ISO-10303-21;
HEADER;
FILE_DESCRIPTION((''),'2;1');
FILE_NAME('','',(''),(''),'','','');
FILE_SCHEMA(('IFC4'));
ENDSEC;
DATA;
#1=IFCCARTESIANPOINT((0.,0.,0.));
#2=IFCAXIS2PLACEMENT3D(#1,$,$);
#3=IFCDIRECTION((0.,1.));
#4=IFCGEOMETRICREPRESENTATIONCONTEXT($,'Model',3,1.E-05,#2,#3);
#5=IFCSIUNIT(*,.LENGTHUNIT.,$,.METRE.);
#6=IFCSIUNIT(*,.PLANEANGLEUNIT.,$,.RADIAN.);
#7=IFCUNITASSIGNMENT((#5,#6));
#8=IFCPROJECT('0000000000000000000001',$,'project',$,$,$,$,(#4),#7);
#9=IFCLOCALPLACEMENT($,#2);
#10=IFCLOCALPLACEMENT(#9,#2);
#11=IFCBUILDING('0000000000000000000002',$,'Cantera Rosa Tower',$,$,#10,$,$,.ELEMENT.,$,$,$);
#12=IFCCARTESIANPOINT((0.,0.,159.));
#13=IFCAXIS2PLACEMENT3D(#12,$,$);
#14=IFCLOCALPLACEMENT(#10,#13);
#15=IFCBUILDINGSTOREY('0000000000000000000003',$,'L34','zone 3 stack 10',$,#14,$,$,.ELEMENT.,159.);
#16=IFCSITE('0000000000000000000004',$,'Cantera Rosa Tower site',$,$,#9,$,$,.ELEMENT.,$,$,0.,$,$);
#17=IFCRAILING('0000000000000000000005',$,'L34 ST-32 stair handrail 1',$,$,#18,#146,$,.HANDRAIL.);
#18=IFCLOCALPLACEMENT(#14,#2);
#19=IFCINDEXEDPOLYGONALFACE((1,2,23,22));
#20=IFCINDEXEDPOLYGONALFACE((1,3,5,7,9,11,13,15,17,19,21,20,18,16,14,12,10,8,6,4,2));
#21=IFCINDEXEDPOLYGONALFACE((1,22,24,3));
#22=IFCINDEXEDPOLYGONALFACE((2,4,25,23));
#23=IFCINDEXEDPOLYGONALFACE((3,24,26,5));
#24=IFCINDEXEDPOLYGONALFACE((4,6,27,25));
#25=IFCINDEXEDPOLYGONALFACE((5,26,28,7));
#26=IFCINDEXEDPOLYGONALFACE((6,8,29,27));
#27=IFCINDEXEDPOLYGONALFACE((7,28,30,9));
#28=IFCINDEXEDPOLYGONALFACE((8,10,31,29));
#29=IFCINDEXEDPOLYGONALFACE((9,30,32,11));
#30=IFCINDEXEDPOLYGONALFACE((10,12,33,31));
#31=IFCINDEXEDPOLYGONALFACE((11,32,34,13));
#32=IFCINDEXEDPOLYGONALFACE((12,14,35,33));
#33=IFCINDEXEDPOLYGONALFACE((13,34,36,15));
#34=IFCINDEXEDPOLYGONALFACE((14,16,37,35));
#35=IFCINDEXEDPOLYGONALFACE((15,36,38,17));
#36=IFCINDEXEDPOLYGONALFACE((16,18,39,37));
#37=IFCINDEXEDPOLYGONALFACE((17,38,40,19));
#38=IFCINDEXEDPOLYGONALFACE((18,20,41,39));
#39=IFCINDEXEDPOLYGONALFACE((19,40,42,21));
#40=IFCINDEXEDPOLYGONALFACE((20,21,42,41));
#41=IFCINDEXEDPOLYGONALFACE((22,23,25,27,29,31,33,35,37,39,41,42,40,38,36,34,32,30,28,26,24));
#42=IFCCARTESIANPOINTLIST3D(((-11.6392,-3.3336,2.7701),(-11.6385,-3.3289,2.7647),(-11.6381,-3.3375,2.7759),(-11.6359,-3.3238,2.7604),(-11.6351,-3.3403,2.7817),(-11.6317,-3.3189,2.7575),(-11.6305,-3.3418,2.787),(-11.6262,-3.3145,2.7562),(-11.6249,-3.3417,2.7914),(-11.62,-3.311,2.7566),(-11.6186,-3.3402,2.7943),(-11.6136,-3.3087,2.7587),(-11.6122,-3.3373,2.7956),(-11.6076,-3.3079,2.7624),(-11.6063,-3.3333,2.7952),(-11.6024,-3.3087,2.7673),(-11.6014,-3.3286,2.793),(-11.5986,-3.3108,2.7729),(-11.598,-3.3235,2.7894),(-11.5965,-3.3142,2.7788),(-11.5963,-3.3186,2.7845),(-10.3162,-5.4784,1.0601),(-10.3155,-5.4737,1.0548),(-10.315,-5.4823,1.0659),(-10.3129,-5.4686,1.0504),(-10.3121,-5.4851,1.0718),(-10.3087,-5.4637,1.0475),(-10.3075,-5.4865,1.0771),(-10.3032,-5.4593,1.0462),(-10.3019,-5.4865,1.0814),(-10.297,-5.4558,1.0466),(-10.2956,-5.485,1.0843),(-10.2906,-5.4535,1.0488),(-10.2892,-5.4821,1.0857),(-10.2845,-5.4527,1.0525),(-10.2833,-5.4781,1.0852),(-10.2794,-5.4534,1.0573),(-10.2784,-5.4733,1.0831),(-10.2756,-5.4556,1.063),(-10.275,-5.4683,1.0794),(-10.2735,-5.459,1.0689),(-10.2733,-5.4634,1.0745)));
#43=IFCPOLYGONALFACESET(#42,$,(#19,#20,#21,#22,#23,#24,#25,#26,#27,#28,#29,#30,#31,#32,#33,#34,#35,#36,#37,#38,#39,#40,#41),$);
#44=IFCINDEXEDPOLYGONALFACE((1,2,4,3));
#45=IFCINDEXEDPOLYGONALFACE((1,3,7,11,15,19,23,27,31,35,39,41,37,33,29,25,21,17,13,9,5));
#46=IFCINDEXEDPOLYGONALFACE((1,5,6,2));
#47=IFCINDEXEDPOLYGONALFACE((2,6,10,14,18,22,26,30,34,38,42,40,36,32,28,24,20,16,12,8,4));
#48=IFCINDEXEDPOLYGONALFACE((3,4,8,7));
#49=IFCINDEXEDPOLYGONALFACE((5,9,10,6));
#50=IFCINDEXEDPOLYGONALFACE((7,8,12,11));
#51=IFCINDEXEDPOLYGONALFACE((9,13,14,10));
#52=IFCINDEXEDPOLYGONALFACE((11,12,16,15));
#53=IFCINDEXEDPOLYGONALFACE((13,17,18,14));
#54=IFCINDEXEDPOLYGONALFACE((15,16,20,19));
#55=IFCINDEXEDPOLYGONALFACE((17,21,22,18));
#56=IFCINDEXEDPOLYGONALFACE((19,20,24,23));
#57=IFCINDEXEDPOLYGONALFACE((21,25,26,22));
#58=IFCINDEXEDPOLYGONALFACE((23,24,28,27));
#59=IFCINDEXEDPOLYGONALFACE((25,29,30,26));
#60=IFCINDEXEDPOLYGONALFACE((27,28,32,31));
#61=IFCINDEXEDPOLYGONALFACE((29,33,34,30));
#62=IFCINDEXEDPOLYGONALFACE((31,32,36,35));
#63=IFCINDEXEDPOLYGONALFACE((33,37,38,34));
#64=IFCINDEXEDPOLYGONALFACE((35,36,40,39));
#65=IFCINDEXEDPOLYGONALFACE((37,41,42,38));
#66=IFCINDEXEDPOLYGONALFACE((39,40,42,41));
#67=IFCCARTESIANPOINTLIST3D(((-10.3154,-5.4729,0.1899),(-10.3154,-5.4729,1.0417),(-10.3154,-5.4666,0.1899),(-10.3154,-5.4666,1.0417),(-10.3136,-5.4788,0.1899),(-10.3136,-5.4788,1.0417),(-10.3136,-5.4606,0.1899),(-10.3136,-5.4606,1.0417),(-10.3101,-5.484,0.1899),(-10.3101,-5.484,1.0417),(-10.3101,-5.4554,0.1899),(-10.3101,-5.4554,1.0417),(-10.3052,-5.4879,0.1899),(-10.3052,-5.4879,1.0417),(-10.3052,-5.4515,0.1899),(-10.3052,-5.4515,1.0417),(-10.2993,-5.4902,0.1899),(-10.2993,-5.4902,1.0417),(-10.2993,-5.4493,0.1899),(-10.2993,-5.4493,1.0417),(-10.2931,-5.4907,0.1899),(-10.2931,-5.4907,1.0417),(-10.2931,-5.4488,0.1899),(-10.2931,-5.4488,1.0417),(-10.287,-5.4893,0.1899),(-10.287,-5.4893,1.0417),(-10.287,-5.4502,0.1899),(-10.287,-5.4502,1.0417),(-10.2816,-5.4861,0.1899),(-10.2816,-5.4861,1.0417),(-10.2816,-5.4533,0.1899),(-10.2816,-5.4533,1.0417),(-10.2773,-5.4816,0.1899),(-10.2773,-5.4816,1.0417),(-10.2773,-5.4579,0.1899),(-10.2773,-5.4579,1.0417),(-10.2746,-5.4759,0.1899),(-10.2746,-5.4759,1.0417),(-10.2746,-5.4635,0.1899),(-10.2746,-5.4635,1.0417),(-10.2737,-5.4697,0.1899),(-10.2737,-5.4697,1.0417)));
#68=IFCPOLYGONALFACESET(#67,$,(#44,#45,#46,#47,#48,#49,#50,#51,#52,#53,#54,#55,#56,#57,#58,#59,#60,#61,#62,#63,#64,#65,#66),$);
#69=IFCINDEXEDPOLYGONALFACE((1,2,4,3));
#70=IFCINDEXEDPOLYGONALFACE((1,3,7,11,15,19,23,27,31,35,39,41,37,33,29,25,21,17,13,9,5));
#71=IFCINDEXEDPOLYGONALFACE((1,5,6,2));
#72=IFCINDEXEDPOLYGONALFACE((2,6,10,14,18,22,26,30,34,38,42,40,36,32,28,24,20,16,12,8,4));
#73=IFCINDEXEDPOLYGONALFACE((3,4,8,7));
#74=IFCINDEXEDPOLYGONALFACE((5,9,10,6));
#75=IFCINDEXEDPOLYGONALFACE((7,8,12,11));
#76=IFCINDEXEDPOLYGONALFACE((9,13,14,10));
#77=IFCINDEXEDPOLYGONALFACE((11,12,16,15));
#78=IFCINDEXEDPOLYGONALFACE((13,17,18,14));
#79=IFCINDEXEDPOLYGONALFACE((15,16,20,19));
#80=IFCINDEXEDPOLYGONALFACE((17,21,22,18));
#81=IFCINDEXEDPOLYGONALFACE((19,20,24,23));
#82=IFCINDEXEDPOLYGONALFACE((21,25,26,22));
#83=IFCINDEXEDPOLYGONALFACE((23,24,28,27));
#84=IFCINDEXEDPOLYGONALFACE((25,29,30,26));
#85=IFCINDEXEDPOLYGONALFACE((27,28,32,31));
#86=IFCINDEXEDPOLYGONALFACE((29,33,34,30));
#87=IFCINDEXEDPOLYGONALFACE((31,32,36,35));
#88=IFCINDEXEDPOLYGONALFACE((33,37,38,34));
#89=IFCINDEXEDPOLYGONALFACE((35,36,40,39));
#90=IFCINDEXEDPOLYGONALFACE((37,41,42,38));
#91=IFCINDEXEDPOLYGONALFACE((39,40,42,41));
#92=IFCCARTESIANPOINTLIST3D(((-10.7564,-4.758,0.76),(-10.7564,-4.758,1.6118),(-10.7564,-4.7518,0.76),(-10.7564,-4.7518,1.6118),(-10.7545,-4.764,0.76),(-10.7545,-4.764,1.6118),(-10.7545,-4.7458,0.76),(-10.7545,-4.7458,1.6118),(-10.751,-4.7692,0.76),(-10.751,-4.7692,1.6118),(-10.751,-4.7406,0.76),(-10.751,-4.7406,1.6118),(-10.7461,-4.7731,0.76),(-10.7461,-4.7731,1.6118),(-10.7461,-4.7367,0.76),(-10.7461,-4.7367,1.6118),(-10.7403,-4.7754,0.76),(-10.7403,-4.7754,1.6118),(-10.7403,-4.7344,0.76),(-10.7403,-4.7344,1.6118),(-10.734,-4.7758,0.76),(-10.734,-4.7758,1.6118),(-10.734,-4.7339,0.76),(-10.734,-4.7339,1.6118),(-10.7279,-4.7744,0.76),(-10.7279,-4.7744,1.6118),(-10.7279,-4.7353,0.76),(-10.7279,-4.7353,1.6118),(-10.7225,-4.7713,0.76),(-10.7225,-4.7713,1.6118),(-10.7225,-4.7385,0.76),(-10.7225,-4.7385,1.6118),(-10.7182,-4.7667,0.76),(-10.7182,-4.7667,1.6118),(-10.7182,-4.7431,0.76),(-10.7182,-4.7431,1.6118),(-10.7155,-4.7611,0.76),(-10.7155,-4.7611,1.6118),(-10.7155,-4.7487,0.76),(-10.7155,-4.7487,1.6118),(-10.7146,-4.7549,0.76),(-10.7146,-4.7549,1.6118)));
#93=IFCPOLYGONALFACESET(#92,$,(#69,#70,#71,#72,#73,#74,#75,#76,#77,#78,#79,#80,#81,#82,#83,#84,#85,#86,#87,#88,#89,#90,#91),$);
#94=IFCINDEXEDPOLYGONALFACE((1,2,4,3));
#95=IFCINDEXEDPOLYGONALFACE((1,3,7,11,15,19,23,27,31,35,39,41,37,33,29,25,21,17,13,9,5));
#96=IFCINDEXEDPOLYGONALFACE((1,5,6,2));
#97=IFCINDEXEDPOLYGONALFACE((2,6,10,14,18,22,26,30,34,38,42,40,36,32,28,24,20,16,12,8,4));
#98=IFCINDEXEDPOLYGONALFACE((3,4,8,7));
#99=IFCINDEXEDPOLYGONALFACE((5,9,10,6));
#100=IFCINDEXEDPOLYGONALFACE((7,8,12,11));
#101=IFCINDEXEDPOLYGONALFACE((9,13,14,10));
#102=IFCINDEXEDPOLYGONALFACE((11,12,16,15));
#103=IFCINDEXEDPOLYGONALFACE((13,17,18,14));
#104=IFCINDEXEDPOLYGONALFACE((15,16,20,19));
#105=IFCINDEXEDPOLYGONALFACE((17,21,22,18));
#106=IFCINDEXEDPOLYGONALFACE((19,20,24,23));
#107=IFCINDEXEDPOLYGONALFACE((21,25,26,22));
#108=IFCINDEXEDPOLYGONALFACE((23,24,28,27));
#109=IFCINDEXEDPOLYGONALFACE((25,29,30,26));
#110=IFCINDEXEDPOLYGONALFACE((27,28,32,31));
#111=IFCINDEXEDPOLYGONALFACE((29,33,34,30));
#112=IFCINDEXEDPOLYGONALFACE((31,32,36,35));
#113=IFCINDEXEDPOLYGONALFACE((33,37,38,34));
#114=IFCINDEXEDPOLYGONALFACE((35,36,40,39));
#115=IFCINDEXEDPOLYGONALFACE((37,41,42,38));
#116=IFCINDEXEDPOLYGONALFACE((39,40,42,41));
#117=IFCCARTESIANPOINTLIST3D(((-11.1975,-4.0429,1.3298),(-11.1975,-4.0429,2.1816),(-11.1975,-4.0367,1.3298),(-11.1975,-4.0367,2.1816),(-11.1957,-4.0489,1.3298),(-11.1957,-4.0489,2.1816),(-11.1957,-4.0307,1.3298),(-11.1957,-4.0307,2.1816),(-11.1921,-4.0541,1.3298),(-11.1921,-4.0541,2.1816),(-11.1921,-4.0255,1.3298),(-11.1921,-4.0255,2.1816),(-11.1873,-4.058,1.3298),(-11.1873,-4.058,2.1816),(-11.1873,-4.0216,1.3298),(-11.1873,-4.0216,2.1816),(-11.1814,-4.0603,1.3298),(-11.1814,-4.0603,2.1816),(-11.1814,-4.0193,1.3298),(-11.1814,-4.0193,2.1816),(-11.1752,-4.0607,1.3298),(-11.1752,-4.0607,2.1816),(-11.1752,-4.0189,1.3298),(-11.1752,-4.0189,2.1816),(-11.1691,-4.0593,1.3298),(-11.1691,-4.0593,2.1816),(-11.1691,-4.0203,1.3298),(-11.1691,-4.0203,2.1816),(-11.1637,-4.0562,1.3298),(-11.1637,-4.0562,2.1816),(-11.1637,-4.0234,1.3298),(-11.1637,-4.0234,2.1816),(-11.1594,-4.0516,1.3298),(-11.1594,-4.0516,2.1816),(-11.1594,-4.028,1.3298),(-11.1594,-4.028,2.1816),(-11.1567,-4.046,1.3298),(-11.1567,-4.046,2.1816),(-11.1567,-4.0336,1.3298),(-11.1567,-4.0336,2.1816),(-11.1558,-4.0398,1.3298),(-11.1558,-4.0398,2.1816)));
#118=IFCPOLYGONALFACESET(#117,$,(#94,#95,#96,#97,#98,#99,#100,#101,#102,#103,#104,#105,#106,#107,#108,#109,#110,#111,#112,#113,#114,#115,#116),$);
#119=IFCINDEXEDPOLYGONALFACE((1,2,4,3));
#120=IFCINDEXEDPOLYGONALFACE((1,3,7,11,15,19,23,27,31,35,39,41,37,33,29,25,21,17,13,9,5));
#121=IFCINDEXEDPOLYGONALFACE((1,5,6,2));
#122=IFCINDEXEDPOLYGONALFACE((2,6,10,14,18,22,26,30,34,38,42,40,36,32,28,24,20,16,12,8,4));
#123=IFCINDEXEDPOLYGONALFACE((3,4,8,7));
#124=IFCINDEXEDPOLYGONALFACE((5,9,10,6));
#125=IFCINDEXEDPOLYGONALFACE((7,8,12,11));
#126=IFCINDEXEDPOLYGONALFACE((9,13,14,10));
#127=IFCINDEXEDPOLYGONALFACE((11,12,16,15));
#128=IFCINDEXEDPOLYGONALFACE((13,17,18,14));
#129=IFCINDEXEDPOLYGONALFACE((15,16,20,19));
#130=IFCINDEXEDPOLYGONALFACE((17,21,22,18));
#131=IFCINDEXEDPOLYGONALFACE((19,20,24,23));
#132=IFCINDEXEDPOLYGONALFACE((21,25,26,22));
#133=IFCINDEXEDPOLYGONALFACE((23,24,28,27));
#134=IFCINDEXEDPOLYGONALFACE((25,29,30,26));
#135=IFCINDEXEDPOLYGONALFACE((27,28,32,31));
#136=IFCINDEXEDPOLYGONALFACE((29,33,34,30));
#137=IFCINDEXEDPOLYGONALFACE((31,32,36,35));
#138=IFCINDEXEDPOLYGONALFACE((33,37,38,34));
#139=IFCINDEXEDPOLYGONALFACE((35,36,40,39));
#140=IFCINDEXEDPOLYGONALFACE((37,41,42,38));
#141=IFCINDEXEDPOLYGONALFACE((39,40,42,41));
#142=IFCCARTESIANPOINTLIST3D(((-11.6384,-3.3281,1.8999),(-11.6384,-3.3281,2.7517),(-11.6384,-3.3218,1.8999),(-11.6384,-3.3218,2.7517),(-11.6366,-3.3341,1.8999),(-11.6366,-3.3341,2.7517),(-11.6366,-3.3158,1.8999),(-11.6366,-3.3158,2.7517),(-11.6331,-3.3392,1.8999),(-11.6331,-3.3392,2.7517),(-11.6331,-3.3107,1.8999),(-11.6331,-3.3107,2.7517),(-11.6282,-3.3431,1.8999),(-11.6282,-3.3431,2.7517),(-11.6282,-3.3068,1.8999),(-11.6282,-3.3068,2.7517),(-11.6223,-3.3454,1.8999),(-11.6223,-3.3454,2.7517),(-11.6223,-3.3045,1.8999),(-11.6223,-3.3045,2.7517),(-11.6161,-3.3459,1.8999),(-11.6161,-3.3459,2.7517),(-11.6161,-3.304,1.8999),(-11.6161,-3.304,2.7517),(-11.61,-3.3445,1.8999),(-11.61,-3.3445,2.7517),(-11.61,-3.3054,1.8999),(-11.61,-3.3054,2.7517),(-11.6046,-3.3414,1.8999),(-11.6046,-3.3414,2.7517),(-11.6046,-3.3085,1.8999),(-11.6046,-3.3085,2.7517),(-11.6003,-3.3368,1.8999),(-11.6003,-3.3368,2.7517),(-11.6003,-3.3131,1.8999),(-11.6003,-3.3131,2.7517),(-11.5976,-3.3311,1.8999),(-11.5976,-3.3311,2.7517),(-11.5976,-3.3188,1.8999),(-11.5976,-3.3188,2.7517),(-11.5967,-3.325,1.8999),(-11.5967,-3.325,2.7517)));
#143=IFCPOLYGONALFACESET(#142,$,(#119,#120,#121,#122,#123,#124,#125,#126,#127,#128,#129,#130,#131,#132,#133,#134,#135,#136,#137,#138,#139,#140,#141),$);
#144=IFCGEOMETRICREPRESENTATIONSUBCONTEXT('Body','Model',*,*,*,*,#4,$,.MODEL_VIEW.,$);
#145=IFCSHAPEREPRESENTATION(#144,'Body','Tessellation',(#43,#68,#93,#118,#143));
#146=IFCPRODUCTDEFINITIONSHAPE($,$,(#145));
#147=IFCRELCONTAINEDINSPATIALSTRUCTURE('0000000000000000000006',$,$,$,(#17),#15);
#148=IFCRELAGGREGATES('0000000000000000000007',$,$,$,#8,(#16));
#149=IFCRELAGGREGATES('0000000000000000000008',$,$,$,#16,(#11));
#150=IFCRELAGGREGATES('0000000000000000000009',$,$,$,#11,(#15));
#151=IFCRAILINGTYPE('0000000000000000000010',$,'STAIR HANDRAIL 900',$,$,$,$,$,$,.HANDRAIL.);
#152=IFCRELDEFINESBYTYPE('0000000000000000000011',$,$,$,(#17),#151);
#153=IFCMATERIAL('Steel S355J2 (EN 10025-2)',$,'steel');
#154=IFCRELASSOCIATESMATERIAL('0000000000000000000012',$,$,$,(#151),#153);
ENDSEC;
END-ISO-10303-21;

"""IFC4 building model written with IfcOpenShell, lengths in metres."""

from ifc_helpers import new_model, si_unit, direction, frame, origin, origin_2d, place, context, subcontext, project, spatial, circle, extrude, material, type_object, element, save


model = new_model("IFC4")

# Units and contexts
model_context = context("Model", 3, precision=1e-05, world=origin(), true_north=direction((0.0, 1.0)))
body_context = subcontext(model_context, "Body", "Model", "MODEL_VIEW")
ifc_project = project(units=[si_unit("LENGTHUNIT", "METRE"), si_unit("PLANEANGLEUNIT", "RADIAN")], contexts=[model_context])

# Site, building, storey
site_placement = place(None, origin())
site = spatial("IfcSite", under=ifc_project, at=site_placement, Name="Cantera Rosa Tower site", CompositionType="ELEMENT", RefElevation=0.0)
building_placement = place(site_placement, origin())
building = spatial("IfcBuilding", under=site, at=building_placement, Name="Cantera Rosa Tower", CompositionType="ELEMENT")
storey_placement = place(building_placement, frame((0.0, 0.0, 159.0)))
storey = spatial("IfcBuildingStorey", under=building, at=storey_placement, Name="L34", Description="zone 3 stack 10", CompositionType="ELEMENT", Elevation=159.0)

# Railing
ifc_material_1 = material(Name="Steel S355J2 (EN 10025-2)", Category="steel")
railing_type_1 = type_object("IfcRailingType", Name="STAIR HANDRAIL 900", PredefinedType="HANDRAIL", material=ifc_material_1)
railing_1_placement = place(storey_placement, frame((-10.2947, -5.4697, 0.1899)))
element("IfcRailing", 1, at=railing_1_placement, inside=storey, type_object=railing_type_1, Name="L34 ST-32 stair handrail 1", PredefinedType="HANDRAIL", context=body_context, shape_type="SweptSolid", body=[
    extrude(circle(Radius=0.0239, at=origin_2d()), frame((0.0, 0.0, 0.876), z_axis=(-0.434428, 0.704271, 0.561493), x_axis=(-0.851102, -0.525, 0.0)), (0.0, 0.0, 1.0), 3.0454),
    extrude(circle(Radius=0.021, at=origin_2d()), origin(), (0.0, 0.0, 1.0), 0.8518),
    extrude(circle(Radius=0.021, at=origin_2d()), frame((-0.4409, 0.7148, 0.5701)), (0.0, 0.0, 1.0), 0.8518),
    extrude(circle(Radius=0.021, at=origin_2d()), frame((-0.8821, 1.4299, 1.1399)), (0.0, 0.0, 1.0), 0.8518),
    extrude(circle(Radius=0.021, at=origin_2d()), frame((-1.323, 2.1448, 1.71)), (0.0, 0.0, 1.0), 0.8518),
])

save(model, "model.ifc")
